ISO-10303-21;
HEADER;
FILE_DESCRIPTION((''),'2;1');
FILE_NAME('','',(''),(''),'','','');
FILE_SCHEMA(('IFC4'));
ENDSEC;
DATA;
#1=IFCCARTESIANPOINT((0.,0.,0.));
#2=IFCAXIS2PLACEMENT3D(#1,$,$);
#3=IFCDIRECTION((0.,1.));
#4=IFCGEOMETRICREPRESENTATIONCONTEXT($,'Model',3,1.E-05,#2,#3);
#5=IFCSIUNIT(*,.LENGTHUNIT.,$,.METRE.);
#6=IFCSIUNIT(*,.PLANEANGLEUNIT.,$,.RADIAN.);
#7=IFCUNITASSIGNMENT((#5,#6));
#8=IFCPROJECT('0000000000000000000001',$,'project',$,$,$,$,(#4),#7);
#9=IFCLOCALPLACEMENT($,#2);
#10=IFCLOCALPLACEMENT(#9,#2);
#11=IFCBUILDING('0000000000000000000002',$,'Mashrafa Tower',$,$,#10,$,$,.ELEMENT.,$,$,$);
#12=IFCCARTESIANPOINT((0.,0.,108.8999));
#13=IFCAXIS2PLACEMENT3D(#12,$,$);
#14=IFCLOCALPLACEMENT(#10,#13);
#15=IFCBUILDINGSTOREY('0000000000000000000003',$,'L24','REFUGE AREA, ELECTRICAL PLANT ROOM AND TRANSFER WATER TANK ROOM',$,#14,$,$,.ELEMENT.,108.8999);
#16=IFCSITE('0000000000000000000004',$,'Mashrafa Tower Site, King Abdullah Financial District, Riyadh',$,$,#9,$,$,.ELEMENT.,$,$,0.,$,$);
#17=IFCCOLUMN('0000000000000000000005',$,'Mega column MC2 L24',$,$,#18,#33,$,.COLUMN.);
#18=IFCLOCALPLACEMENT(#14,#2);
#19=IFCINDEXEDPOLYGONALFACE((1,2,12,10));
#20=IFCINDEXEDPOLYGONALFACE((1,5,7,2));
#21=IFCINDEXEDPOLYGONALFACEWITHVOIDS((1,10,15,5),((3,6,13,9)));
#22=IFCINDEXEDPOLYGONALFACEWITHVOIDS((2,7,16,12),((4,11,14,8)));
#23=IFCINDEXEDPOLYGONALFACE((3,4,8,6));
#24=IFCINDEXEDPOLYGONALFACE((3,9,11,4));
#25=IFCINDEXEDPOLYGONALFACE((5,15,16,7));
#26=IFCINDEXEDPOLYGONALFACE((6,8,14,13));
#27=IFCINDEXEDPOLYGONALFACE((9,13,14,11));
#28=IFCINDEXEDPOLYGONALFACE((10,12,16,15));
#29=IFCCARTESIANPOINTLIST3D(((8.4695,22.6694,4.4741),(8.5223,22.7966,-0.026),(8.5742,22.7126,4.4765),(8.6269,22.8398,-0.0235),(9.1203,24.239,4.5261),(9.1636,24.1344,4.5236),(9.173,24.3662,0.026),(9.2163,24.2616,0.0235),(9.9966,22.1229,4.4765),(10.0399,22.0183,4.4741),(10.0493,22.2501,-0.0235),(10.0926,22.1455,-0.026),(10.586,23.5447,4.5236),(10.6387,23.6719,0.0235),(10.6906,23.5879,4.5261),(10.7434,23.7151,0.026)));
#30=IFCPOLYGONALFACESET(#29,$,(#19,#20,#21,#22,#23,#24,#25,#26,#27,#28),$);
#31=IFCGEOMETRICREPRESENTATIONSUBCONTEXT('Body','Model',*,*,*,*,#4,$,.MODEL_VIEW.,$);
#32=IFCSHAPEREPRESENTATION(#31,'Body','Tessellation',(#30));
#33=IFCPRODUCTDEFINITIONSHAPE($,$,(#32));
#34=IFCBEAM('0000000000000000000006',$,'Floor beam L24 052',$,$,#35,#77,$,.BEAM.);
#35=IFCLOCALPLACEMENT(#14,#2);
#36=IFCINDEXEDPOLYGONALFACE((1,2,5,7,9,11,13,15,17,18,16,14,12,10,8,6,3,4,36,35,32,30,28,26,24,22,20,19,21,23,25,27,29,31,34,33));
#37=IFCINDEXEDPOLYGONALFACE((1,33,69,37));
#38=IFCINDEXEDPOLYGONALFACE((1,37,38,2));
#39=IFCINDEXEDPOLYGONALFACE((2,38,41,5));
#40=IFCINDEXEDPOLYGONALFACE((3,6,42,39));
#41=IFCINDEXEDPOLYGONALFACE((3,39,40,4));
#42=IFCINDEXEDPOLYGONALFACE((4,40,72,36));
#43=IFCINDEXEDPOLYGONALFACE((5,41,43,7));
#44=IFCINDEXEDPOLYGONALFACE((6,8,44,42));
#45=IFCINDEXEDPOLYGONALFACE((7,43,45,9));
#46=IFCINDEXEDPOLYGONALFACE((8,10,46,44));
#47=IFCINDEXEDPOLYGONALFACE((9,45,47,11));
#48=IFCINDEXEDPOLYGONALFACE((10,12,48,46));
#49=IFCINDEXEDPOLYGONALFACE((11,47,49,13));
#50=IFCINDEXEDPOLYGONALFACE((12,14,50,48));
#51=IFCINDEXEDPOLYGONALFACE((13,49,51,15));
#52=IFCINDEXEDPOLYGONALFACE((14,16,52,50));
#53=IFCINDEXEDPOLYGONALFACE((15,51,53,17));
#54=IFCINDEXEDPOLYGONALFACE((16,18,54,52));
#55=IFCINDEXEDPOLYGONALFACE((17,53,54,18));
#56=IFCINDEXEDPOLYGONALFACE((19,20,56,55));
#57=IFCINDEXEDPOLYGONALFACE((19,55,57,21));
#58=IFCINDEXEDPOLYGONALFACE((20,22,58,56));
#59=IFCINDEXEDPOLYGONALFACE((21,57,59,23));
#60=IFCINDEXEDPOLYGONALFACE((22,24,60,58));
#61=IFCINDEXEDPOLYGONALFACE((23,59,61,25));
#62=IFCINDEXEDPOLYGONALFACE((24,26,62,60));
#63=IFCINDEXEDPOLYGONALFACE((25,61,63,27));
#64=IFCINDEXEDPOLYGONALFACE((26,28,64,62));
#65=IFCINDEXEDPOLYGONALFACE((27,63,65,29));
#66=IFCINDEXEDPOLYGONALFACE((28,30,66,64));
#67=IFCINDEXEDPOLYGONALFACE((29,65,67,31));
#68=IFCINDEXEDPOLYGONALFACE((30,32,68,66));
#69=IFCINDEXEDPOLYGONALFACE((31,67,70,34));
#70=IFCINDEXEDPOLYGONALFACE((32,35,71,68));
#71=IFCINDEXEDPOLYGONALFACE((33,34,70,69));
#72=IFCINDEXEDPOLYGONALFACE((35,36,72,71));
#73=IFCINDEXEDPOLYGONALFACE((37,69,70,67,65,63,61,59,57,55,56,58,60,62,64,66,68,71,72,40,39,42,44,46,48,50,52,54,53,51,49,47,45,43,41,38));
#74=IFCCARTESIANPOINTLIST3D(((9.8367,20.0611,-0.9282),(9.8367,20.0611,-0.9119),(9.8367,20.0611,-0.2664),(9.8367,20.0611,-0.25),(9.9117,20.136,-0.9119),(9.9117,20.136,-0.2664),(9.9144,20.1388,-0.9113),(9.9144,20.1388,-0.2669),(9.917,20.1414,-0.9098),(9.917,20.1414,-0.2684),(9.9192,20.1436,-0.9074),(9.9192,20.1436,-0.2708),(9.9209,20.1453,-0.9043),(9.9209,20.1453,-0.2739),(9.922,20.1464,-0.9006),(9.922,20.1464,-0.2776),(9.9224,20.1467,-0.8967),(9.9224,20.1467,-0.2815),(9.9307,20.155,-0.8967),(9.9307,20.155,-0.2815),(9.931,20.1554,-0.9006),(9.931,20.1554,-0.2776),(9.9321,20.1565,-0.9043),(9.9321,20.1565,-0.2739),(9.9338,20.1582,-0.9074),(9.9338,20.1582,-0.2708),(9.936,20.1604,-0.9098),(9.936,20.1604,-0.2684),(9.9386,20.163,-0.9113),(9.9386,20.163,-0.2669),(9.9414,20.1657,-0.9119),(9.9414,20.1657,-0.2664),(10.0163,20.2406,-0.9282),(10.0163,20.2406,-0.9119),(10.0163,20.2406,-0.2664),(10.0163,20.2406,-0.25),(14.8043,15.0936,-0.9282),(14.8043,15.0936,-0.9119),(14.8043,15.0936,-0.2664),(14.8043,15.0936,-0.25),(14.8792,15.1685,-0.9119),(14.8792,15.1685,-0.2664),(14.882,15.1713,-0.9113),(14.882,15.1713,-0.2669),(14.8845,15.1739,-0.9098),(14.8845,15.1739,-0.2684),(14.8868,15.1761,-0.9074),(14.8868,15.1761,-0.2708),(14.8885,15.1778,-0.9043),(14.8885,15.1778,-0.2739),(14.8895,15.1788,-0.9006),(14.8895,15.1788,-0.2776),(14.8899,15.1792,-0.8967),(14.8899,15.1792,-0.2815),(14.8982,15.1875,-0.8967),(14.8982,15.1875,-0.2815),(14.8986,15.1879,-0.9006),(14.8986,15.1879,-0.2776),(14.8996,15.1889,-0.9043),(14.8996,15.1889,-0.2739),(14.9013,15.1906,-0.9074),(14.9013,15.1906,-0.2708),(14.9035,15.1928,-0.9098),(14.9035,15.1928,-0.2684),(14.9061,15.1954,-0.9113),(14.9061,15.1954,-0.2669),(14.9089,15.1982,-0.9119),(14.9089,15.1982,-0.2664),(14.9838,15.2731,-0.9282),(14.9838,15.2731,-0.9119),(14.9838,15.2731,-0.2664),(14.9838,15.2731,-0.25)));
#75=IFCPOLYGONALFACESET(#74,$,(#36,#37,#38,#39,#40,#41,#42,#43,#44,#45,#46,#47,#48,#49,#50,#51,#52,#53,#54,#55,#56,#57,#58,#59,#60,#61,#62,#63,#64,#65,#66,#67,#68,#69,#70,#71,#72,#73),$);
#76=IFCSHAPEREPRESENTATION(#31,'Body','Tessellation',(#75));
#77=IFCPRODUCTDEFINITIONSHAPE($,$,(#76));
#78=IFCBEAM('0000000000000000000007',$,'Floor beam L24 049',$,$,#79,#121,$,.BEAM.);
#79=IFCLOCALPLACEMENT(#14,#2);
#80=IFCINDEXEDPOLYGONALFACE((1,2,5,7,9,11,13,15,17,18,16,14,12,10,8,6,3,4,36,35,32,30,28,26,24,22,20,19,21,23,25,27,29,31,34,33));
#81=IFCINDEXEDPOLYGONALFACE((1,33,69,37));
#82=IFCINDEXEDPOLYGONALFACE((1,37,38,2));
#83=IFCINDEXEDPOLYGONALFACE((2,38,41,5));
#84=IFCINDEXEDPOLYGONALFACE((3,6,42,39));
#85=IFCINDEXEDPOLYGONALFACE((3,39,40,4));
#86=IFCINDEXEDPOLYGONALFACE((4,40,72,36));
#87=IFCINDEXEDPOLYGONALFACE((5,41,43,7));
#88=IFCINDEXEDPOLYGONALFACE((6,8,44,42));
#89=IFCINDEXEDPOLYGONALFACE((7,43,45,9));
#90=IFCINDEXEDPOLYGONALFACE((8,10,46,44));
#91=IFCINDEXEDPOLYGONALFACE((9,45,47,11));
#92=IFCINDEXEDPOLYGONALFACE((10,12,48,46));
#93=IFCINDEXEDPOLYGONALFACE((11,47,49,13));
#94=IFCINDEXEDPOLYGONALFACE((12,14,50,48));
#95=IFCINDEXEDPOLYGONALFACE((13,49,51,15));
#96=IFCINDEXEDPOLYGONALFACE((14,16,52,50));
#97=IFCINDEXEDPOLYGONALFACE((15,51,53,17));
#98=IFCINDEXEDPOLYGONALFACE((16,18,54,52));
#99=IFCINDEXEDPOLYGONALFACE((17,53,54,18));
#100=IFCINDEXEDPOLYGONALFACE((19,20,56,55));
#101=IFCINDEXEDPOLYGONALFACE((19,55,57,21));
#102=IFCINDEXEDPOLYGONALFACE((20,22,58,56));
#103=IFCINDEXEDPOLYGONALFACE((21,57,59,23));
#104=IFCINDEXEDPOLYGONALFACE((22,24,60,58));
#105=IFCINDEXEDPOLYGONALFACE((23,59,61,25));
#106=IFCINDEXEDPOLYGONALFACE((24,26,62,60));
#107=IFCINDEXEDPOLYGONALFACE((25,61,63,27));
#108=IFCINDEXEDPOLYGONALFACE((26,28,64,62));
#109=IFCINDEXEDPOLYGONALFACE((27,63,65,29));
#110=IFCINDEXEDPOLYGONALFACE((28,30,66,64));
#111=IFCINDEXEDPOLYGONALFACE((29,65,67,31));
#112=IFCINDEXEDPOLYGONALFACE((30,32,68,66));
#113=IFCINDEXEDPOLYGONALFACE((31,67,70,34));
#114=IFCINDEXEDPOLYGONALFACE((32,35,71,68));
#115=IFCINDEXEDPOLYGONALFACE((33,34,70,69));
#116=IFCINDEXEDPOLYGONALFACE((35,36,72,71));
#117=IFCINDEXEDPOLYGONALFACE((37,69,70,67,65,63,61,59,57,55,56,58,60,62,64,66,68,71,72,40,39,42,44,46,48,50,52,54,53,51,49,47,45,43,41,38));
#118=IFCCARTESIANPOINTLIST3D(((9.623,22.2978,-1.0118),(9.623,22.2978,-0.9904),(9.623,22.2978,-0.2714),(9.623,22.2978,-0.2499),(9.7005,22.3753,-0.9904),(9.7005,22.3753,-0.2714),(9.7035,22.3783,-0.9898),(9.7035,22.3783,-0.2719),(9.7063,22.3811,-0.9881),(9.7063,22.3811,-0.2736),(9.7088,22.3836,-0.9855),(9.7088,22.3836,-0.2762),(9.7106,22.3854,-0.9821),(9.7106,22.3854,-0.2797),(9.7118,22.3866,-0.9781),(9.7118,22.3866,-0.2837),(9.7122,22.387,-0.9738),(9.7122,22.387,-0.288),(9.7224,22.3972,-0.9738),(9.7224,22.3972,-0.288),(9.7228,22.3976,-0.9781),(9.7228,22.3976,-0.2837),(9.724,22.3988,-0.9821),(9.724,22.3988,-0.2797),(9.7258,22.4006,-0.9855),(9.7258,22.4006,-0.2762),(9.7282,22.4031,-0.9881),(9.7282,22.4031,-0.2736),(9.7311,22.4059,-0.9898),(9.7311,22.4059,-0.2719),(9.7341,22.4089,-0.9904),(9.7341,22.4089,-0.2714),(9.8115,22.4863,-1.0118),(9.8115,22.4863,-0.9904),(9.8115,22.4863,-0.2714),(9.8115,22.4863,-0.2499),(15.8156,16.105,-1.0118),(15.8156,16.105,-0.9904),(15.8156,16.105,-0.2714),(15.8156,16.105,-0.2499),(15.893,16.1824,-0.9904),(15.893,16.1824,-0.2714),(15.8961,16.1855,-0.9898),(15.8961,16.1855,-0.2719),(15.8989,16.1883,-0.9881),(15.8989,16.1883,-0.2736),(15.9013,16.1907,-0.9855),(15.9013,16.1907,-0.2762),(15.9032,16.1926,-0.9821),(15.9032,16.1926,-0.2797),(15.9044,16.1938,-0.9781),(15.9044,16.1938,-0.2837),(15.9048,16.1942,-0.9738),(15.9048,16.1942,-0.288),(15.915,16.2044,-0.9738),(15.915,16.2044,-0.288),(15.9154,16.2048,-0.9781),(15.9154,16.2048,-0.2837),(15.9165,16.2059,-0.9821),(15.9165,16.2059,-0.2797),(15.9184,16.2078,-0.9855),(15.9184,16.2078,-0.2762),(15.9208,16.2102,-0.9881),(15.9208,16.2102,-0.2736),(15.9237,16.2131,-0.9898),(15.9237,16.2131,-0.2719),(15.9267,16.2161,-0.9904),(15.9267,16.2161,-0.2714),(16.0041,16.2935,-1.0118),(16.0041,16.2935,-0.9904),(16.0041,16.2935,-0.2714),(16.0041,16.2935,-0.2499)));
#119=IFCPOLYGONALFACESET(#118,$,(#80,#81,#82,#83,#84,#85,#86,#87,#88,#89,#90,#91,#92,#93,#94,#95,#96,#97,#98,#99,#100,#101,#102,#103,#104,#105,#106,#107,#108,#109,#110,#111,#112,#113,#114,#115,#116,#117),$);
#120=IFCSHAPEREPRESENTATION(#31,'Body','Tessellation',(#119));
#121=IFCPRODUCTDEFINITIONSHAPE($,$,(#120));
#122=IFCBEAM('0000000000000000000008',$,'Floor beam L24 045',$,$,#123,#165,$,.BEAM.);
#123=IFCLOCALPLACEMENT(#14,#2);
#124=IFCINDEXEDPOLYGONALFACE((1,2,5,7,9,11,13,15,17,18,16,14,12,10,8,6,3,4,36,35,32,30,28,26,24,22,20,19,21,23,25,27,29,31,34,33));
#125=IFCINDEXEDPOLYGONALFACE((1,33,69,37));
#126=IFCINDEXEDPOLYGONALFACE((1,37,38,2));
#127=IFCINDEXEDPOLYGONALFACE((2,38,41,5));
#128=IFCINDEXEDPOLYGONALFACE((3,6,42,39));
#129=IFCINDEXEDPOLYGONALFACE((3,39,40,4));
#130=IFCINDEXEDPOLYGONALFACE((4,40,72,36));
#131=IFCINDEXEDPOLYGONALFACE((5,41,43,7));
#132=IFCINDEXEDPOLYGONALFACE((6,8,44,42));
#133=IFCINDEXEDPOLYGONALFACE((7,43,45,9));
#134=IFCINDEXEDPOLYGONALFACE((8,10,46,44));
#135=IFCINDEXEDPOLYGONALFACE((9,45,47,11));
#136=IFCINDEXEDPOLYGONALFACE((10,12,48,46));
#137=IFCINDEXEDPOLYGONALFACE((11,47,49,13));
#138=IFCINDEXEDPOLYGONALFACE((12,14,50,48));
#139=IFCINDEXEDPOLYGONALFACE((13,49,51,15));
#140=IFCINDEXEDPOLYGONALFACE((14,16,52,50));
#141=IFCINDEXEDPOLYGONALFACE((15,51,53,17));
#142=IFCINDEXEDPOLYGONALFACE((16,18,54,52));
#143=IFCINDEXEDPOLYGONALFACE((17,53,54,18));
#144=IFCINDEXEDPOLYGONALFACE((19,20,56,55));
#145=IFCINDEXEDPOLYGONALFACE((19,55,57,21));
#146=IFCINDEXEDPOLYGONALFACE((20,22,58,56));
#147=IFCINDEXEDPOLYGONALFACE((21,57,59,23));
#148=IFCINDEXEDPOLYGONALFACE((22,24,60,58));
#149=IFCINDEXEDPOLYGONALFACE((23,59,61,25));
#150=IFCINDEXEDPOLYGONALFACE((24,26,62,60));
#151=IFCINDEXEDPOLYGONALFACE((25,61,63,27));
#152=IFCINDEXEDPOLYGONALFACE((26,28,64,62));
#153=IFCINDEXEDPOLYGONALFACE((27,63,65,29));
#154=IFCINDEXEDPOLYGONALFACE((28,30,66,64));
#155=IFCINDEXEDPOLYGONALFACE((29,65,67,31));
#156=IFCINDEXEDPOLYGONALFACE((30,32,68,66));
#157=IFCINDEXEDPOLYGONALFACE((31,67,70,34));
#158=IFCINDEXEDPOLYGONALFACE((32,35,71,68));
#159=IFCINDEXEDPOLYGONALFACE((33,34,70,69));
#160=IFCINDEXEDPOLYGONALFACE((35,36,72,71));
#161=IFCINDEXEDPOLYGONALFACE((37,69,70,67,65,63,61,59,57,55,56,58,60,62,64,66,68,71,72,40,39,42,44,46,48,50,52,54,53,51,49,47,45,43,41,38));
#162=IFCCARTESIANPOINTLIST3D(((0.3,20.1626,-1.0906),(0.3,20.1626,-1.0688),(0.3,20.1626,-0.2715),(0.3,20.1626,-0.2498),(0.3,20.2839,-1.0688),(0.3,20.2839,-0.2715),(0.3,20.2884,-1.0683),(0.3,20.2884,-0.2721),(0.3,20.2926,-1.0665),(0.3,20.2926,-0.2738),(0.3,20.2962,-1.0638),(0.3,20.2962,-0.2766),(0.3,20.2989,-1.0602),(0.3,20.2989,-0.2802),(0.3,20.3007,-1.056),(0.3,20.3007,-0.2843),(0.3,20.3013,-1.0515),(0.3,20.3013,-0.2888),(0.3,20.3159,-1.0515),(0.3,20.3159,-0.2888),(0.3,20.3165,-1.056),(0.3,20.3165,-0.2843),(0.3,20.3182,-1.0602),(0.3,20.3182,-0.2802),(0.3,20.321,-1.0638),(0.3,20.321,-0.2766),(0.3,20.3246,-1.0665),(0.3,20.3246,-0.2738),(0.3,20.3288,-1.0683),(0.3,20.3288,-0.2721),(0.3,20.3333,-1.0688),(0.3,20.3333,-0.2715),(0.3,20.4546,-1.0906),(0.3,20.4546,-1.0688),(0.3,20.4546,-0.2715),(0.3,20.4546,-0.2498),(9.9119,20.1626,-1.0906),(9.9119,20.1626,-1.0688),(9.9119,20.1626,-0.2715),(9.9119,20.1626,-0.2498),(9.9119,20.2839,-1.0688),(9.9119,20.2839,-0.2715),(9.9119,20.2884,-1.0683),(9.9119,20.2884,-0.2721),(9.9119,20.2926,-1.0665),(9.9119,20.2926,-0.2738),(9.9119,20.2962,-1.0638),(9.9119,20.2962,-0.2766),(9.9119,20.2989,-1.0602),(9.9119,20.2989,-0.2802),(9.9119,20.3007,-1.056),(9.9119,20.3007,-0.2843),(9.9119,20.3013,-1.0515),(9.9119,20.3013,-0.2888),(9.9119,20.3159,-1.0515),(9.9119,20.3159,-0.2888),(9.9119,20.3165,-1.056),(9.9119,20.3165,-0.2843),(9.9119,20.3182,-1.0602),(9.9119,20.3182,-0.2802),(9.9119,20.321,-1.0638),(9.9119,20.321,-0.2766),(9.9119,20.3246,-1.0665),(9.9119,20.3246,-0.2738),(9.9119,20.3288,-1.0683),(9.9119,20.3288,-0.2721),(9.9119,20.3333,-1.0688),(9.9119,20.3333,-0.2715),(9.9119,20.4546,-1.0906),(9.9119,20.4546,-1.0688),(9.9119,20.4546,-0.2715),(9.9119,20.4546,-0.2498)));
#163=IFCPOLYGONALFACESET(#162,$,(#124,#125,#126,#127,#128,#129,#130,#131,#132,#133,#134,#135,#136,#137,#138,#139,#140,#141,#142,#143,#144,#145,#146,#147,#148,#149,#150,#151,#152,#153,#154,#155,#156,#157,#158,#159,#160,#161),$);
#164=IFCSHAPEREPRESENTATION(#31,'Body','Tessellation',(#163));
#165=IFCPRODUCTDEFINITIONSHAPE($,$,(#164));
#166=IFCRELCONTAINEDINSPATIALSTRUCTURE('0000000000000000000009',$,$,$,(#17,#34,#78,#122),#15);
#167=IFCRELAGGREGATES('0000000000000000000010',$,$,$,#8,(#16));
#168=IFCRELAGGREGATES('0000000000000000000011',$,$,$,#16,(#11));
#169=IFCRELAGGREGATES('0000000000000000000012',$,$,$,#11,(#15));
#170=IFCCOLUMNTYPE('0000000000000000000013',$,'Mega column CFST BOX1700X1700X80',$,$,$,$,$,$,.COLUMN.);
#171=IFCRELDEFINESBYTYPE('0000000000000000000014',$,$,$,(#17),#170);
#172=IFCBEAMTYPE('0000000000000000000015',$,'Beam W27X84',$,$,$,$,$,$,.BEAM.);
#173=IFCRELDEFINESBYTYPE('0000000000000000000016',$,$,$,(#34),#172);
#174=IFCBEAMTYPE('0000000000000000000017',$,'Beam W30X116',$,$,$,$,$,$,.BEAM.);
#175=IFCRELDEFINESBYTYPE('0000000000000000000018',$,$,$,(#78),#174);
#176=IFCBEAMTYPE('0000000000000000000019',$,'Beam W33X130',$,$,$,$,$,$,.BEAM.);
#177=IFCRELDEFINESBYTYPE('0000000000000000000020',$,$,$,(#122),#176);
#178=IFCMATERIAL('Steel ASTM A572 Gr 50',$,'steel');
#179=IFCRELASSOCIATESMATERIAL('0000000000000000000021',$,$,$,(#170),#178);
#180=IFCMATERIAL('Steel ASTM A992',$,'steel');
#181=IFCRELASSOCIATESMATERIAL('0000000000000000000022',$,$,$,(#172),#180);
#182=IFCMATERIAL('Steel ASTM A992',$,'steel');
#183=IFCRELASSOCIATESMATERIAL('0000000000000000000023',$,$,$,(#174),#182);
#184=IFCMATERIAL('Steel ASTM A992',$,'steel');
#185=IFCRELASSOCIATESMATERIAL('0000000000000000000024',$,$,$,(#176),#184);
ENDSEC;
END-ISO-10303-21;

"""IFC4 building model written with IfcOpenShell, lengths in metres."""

from ifc_helpers import new_model, si_unit, direction, frame, origin, origin_2d, place, context, subcontext, project, spatial, hollow_rectangle, i_section, extrude, material, material_profile, profile_set, type_object, element, save


model = new_model("IFC4")

# Units and contexts
model_context = context("Model", 3, precision=1e-05, world=origin(), true_north=direction((0.0, 1.0)))
body_context = subcontext(model_context, "Body", "Model", "MODEL_VIEW")
ifc_project = project(units=[si_unit("LENGTHUNIT", "METRE"), si_unit("PLANEANGLEUNIT", "RADIAN")], contexts=[model_context])

# Site, building, storey
site_placement = place(None, origin())
site = spatial("IfcSite", under=ifc_project, at=site_placement, Name="Mashrafa Tower Site, King Abdullah Financial District, Riyadh", CompositionType="ELEMENT", RefElevation=0.0)
building_placement = place(site_placement, origin())
building = spatial("IfcBuilding", under=site, at=building_placement, Name="Mashrafa Tower", CompositionType="ELEMENT")
storey_placement = place(building_placement, frame((0.0, 0.0, 108.8999)))
storey = spatial("IfcBuildingStorey", under=building, at=storey_placement, Name="L24", Description="REFUGE AREA, ELECTRICAL PLANT ROOM AND TRANSFER WATER TANK ROOM", CompositionType="ELEMENT", Elevation=108.8999)

# Column
ifc_material_1 = material(Name="Steel ASTM A572 Gr 50", Category="steel")
ifc_material_profile_1 = material_profile(ifc_material_1, hollow_rectangle(XDim=1.7, YDim=1.7, WallThickness=0.0801, at=origin_2d()), Name="BOX1700X1700X80")
ifc_profile_set_1 = profile_set([ifc_material_profile_1], Name="Steel ASTM A572 Gr 50")
column_type = type_object("IfcColumnType", Name="Mega column CFST BOX1700X1700X80", PredefinedType="COLUMN", material=ifc_profile_set_1)
column_placement = place(storey_placement, frame((9.6328, 23.2559, 0.0), z_axis=(-0.011713, -0.028253, 0.999532), x_axis=(0.923757, -0.382978, 0.0)))
element("IfcColumn", 1, at=column_placement, inside=storey, type_object=column_type, Name="Mega column MC2 L24", PredefinedType="COLUMN", context=body_context, shape_type="SweptSolid", body=[
    extrude(hollow_rectangle(XDim=1.7, YDim=1.7, WallThickness=0.0801, at=origin_2d()), origin(), (0.0, 0.0, 1.0), 4.5022),
])

# Beams
ifc_material_2 = material(Name="Steel ASTM A992", Category="steel")
ifc_material_profile_2 = material_profile(ifc_material_2, i_section(OverallWidth=0.2539, OverallDepth=0.6782, WebThickness=0.0117, FlangeThickness=0.0164, FilletRadius=0.0151, at=origin_2d()), Name="W27X84")
ifc_profile_set_2 = profile_set([ifc_material_profile_2], Name="Steel ASTM A992")
beam_type_1 = type_object("IfcBeamType", Name="Beam W27X84", PredefinedType="BEAM", material=ifc_profile_set_2)
beam_1_placement = place(storey_placement, frame((9.9265, 20.1509, -0.5891), z_axis=(0.707107, -0.707107, 0.0), x_axis=(0.707107, 0.707107, 0.0)))
element("IfcBeam", 2, at=beam_1_placement, inside=storey, type_object=beam_type_1, Name="Floor beam L24 052", PredefinedType="BEAM", context=body_context, shape_type="SweptSolid", body=[
    extrude(i_section(OverallWidth=0.2539, OverallDepth=0.6782, WebThickness=0.0117, FlangeThickness=0.0164, FilletRadius=0.0151, at=origin_2d()), origin(), (0.0, 0.0, 1.0), 7.0251),
])
ifc_material_3 = material(Name="Steel ASTM A992", Category="steel")
ifc_material_profile_3 = material_profile(ifc_material_3, i_section(OverallWidth=0.2666, OverallDepth=0.762, WebThickness=0.0144, FlangeThickness=0.0215, FilletRadius=0.0166, at=origin_2d()), Name="W30X116")
ifc_profile_set_3 = profile_set([ifc_material_profile_3], Name="Steel ASTM A992")
beam_type_2 = type_object("IfcBeamType", Name="Beam W30X116", PredefinedType="BEAM", material=ifc_profile_set_3)
beam_2_placement = place(storey_placement, frame((9.7173, 22.3921, -0.6309), z_axis=(0.707093, -0.707121, 0.0), x_axis=(0.707121, 0.707093, 0.0)))
element("IfcBeam", 3, at=beam_2_placement, inside=storey, type_object=beam_type_2, Name="Floor beam L24 049", PredefinedType="BEAM", context=body_context, shape_type="SweptSolid", body=[
    extrude(i_section(OverallWidth=0.2666, OverallDepth=0.762, WebThickness=0.0144, FlangeThickness=0.0215, FilletRadius=0.0166, at=origin_2d()), origin(), (0.0, 0.0, 1.0), 8.7578),
])
ifc_material_4 = material(Name="Steel ASTM A992", Category="steel")
ifc_material_profile_4 = material_profile(ifc_material_4, i_section(OverallWidth=0.292, OverallDepth=0.8408, WebThickness=0.0146, FlangeThickness=0.0217, FilletRadius=0.0173, at=origin_2d()), Name="W33X130")
ifc_profile_set_4 = profile_set([ifc_material_profile_4], Name="Steel ASTM A992")
beam_type_3 = type_object("IfcBeamType", Name="Beam W33X130", PredefinedType="BEAM", material=ifc_profile_set_4)
beam_3_placement = place(storey_placement, frame((0.3, 20.3086, -0.6702), z_axis=(1.0, 0.0, 0.0), x_axis=(0.0, 1.0, 0.0)))
element("IfcBeam", 4, at=beam_3_placement, inside=storey, type_object=beam_type_3, Name="Floor beam L24 045", PredefinedType="BEAM", context=body_context, shape_type="SweptSolid", body=[
    extrude(i_section(OverallWidth=0.292, OverallDepth=0.8408, WebThickness=0.0146, FlangeThickness=0.0217, FilletRadius=0.0173, at=origin_2d()), origin(), (0.0, 0.0, 1.0), 9.6118),
])

save(model, "model.ifc")
